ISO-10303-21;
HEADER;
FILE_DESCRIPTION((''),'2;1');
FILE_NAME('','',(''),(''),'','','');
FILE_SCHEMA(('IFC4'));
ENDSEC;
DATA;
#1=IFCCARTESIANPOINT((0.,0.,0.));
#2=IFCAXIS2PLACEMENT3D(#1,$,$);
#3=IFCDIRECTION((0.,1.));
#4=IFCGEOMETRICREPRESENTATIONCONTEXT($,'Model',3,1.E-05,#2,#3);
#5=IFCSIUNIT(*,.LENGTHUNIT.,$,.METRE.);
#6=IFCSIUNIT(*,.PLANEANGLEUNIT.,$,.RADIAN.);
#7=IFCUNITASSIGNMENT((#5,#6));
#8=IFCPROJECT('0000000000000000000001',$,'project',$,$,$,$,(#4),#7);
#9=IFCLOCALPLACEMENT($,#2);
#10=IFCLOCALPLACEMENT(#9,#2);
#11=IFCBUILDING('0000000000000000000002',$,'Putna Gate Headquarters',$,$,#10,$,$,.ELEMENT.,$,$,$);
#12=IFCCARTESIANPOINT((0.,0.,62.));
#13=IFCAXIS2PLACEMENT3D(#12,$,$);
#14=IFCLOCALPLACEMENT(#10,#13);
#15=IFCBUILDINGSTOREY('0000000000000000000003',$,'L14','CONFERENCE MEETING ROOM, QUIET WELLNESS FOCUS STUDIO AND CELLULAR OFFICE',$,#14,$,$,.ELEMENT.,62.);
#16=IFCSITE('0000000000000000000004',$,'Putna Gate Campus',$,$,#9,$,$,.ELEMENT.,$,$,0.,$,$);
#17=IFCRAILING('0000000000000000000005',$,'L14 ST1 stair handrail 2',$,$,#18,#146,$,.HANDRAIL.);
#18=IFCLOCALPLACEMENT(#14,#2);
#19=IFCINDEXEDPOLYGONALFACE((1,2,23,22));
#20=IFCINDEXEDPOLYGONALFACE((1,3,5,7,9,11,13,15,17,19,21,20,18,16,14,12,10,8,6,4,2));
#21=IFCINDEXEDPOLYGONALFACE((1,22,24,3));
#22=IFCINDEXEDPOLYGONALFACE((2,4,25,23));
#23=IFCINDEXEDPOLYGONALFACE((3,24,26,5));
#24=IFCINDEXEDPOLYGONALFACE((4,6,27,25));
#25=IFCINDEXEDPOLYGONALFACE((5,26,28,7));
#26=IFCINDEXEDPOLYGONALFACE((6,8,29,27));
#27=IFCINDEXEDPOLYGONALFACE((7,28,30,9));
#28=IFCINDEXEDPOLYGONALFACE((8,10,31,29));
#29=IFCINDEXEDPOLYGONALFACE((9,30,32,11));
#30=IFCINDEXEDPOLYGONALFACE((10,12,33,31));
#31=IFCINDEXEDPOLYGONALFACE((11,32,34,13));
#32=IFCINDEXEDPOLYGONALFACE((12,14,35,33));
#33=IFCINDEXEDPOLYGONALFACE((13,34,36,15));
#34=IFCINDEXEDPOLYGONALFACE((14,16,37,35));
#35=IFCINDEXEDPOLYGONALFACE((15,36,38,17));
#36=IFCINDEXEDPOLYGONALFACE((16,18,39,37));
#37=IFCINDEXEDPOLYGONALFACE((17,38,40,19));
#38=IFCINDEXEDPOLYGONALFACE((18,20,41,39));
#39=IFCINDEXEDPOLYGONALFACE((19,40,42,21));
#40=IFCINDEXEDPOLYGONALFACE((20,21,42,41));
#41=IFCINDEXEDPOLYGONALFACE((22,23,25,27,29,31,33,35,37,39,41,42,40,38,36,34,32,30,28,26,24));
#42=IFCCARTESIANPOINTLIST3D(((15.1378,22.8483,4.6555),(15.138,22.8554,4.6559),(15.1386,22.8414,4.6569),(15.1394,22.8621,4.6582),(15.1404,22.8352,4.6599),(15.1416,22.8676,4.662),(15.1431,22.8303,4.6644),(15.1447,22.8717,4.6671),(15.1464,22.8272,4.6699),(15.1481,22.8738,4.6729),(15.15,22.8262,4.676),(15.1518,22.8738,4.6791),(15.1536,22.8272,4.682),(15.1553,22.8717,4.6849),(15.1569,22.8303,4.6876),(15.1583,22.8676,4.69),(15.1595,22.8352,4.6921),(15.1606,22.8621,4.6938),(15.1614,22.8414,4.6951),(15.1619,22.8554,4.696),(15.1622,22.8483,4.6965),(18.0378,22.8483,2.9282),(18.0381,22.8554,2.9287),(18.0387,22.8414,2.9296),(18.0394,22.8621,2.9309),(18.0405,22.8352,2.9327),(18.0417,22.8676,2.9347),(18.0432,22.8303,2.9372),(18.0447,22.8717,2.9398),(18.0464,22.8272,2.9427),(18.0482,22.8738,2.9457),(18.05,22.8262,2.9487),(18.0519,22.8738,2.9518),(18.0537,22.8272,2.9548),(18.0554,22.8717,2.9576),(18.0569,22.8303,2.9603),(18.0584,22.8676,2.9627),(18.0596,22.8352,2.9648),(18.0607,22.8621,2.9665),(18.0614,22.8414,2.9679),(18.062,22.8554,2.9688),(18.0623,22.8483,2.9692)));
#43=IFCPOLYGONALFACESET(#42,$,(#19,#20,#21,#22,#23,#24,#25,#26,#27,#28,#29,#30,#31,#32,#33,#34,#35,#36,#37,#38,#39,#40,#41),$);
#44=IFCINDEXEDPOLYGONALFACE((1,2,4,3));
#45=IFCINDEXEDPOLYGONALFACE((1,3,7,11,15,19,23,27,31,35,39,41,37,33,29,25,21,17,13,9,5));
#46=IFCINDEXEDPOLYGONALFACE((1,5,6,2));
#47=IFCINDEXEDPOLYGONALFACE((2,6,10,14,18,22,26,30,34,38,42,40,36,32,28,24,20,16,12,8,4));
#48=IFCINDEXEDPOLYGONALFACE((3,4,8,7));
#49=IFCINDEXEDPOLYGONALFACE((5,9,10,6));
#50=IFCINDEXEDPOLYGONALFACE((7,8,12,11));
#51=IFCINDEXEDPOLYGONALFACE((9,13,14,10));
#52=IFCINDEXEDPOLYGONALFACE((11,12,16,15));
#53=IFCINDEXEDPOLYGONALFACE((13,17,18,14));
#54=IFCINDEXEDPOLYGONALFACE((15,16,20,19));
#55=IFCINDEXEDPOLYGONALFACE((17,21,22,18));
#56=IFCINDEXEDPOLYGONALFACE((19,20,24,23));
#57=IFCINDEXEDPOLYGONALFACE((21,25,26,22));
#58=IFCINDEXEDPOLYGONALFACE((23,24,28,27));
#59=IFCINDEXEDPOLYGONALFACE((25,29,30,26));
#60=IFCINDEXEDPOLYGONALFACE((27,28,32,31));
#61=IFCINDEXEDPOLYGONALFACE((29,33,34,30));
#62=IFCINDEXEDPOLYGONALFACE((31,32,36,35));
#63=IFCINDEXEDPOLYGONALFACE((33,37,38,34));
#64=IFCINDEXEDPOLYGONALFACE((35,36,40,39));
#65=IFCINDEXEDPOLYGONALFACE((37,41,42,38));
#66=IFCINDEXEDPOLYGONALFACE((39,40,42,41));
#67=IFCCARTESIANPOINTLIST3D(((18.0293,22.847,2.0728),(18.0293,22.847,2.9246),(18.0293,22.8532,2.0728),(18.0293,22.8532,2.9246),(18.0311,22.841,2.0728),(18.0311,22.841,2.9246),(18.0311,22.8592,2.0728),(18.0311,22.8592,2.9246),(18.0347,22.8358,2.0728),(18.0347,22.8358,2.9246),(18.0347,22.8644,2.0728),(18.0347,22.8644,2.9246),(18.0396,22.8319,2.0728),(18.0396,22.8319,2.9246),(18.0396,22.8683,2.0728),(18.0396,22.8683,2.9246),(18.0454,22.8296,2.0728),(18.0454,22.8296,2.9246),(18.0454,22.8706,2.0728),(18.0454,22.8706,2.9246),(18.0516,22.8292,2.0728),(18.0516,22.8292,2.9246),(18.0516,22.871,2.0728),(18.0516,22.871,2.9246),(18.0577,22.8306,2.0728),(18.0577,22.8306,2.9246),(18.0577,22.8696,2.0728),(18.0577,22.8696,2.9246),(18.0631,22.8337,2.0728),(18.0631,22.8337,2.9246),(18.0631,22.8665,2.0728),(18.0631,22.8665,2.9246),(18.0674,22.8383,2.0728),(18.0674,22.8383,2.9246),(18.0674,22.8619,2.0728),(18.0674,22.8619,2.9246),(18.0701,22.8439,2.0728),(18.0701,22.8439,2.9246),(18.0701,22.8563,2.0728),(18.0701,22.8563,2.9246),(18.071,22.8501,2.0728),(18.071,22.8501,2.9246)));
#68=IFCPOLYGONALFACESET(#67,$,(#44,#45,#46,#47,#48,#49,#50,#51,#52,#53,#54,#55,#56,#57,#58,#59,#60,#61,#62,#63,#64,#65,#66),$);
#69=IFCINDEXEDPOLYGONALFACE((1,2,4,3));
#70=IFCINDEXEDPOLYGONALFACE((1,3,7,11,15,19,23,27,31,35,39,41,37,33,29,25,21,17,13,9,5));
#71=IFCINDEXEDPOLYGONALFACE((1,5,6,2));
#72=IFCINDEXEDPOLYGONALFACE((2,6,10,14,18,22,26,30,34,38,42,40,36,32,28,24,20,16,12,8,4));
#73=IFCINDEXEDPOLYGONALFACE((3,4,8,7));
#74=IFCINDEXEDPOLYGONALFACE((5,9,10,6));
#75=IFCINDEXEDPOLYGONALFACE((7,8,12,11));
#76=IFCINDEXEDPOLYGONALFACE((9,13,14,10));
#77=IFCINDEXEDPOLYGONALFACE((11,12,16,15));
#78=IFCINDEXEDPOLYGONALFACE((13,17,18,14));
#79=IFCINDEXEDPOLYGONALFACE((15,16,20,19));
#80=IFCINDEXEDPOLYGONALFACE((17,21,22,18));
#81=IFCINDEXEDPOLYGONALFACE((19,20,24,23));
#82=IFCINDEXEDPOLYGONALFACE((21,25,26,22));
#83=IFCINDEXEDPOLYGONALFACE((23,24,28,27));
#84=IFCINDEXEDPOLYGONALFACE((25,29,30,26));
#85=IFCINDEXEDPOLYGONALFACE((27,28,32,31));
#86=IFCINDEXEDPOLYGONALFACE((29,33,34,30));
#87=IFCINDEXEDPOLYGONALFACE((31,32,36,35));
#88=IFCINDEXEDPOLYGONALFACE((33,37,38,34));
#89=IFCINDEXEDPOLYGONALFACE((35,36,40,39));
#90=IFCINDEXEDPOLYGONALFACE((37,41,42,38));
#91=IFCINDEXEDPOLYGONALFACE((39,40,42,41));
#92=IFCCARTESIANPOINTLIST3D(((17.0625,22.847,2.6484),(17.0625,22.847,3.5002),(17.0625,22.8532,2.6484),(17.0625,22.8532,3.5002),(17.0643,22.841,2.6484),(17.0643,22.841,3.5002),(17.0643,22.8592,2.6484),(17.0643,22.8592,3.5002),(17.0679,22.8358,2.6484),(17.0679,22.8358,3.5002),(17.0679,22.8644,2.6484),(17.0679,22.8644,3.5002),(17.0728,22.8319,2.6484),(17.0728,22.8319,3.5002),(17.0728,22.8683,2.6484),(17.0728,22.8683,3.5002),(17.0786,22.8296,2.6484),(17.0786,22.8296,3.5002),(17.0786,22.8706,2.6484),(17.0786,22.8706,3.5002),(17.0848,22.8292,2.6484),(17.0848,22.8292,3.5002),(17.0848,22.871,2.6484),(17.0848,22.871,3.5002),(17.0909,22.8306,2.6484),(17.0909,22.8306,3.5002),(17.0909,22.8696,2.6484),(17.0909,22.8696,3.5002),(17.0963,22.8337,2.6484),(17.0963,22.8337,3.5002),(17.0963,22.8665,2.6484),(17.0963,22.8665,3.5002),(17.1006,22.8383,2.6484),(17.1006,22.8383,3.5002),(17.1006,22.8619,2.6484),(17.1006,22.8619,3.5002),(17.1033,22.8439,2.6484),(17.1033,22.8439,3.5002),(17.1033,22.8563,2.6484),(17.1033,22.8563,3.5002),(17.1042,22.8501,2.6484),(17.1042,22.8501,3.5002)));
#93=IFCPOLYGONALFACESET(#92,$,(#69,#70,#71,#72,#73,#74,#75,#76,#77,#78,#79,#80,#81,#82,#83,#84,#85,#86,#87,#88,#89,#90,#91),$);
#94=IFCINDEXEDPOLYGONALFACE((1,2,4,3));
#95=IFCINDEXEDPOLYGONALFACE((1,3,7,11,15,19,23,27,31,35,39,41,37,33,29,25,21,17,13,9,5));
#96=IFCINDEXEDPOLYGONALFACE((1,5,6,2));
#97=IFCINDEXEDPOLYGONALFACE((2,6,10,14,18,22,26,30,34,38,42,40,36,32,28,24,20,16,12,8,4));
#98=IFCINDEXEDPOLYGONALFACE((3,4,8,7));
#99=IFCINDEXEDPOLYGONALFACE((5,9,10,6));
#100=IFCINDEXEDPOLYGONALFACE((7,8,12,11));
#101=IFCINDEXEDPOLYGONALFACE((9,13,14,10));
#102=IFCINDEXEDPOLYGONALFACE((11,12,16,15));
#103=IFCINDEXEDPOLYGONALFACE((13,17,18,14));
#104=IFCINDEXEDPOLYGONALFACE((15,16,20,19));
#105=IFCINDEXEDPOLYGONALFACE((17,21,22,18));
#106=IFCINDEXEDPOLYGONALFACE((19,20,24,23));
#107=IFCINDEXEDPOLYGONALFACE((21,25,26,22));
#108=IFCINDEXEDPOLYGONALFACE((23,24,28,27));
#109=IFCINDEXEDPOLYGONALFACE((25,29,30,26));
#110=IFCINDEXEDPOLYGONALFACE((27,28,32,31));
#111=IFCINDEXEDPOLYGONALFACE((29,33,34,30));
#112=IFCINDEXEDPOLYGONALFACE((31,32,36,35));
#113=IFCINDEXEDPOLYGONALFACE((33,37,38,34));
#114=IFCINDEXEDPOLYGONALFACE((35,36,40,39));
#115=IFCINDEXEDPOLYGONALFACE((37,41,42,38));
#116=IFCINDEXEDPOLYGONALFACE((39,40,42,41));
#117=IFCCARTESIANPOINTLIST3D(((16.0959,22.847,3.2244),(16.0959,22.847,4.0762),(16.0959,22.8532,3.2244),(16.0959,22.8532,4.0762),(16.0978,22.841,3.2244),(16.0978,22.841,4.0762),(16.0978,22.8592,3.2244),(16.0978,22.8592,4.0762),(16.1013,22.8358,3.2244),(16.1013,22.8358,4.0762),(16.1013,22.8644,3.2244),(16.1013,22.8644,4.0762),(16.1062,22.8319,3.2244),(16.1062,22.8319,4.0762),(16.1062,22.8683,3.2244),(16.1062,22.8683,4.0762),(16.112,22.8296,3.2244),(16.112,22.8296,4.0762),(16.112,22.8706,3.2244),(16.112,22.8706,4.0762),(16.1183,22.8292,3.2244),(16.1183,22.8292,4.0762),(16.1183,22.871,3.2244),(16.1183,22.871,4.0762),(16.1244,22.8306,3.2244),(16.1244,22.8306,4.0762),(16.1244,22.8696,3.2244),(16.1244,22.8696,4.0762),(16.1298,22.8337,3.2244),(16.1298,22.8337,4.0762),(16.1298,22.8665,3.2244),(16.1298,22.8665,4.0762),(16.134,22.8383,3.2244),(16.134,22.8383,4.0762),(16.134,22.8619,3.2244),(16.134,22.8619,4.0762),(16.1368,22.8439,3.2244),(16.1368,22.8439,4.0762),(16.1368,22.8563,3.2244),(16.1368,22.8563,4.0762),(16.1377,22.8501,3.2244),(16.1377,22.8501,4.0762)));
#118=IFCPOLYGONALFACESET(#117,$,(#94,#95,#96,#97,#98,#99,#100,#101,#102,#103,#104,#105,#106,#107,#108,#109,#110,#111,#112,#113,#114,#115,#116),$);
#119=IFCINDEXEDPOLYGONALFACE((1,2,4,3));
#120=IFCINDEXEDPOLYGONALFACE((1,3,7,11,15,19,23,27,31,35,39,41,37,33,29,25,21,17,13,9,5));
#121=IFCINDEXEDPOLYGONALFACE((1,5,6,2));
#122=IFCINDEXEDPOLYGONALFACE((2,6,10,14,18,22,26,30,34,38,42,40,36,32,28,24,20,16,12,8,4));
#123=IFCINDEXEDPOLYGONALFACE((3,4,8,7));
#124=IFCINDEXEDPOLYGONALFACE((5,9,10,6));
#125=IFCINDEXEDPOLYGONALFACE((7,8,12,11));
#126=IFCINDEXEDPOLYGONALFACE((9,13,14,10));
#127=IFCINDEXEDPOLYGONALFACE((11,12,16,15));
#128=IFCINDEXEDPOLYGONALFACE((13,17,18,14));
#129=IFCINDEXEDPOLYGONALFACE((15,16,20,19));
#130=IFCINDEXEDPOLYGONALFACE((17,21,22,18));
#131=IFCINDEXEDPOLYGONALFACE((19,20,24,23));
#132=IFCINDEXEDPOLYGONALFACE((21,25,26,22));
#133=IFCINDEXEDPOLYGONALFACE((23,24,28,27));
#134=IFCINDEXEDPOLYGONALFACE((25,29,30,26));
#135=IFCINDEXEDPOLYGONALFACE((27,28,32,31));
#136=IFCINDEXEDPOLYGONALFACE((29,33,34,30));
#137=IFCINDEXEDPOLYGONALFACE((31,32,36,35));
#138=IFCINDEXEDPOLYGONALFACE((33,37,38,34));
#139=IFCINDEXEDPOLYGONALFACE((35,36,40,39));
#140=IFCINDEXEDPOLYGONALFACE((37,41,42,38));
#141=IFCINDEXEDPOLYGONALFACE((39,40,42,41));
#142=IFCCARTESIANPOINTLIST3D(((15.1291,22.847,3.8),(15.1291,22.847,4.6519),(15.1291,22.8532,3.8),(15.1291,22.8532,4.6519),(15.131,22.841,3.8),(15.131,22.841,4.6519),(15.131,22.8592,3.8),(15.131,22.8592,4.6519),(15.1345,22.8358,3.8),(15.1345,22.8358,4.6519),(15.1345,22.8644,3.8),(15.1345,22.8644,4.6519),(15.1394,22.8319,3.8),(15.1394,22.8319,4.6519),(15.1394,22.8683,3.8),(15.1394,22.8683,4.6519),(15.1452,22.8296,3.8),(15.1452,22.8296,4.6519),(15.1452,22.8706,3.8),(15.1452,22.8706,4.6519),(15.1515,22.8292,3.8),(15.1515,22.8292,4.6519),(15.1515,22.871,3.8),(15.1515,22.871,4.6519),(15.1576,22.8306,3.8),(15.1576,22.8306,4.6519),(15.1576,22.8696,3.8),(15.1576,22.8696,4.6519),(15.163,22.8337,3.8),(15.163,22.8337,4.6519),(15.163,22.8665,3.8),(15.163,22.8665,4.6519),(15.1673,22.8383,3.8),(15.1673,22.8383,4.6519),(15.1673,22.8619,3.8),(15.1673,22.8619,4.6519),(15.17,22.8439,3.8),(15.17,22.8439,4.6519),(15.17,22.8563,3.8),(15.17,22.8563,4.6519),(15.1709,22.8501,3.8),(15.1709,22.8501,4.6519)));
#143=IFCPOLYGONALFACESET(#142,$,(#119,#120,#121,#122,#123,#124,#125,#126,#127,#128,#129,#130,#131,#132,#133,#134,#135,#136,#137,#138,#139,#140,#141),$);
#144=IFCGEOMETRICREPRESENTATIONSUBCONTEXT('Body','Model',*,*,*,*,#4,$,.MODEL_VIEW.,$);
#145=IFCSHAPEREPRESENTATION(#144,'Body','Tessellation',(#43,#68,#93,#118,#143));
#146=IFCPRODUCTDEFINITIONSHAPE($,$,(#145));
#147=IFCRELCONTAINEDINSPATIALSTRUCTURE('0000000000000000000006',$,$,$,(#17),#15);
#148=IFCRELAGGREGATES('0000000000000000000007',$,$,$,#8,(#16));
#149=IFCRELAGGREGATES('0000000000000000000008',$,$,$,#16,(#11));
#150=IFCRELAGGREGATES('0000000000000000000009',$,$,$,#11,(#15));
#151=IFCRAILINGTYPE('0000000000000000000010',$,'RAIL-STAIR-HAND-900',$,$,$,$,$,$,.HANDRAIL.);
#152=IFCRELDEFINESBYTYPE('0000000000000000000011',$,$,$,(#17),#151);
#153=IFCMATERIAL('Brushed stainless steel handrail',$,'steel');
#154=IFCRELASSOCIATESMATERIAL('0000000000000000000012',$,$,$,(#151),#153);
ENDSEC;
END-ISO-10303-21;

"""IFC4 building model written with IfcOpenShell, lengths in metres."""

from ifc_helpers import new_model, si_unit, direction, frame, origin, origin_2d, place, context, subcontext, project, spatial, circle, extrude, material, type_object, element, save


model = new_model("IFC4")

# Units and contexts
model_context = context("Model", 3, precision=1e-05, world=origin(), true_north=direction((0.0, 1.0)))
body_context = subcontext(model_context, "Body", "Model", "MODEL_VIEW")
ifc_project = project(units=[si_unit("LENGTHUNIT", "METRE"), si_unit("PLANEANGLEUNIT", "RADIAN")], contexts=[model_context])

# Site, building, storey
site_placement = place(None, origin())
site = spatial("IfcSite", under=ifc_project, at=site_placement, Name="Putna Gate Campus", CompositionType="ELEMENT", RefElevation=0.0)
building_placement = place(site_placement, origin())
building = spatial("IfcBuilding", under=site, at=building_placement, Name="Putna Gate Headquarters", CompositionType="ELEMENT")
storey_placement = place(building_placement, frame((0.0, 0.0, 62.0)))
storey = spatial("IfcBuildingStorey", under=building, at=storey_placement, Name="L14", Description="CONFERENCE MEETING ROOM, QUIET WELLNESS FOCUS STUDIO AND CELLULAR OFFICE", CompositionType="ELEMENT", Elevation=62.0)

# Railing
ifc_material_1 = material(Name="Brushed stainless steel handrail", Category="steel")
railing_type_1 = type_object("IfcRailingType", Name="RAIL-STAIR-HAND-900", PredefinedType="HANDRAIL", material=ifc_material_1)
railing_1_placement = place(storey_placement, frame((18.05, 22.8501, 2.0728)))
element("IfcRailing", 1, at=railing_1_placement, inside=storey, type_object=railing_type_1, Name="L14 ST1 stair handrail 2", PredefinedType="HANDRAIL", context=body_context, shape_type="SweptSolid", body=[
    extrude(circle(Radius=0.0239, at=origin_2d()), frame((0.0, 0.0, 0.876), z_axis=(-0.85916, 0.0, 0.511706), x_axis=(0.0, -1.0, 0.0)), (0.0, 0.0, 1.0), 3.3755),
    extrude(circle(Radius=0.021, at=origin_2d()), origin(), (0.0, 0.0, 1.0), 0.8518),
    extrude(circle(Radius=0.021, at=origin_2d()), frame((-0.9668, 0.0, 0.5757)), (0.0, 0.0, 1.0), 0.8518),
    extrude(circle(Radius=0.021, at=origin_2d()), frame((-1.9333, 0.0, 1.1516)), (0.0, 0.0, 1.0), 0.8518),
    extrude(circle(Radius=0.021, at=origin_2d()), frame((-2.9001, 0.0, 1.7273)), (0.0, 0.0, 1.0), 0.8518),
])

save(model, "model.ifc")
